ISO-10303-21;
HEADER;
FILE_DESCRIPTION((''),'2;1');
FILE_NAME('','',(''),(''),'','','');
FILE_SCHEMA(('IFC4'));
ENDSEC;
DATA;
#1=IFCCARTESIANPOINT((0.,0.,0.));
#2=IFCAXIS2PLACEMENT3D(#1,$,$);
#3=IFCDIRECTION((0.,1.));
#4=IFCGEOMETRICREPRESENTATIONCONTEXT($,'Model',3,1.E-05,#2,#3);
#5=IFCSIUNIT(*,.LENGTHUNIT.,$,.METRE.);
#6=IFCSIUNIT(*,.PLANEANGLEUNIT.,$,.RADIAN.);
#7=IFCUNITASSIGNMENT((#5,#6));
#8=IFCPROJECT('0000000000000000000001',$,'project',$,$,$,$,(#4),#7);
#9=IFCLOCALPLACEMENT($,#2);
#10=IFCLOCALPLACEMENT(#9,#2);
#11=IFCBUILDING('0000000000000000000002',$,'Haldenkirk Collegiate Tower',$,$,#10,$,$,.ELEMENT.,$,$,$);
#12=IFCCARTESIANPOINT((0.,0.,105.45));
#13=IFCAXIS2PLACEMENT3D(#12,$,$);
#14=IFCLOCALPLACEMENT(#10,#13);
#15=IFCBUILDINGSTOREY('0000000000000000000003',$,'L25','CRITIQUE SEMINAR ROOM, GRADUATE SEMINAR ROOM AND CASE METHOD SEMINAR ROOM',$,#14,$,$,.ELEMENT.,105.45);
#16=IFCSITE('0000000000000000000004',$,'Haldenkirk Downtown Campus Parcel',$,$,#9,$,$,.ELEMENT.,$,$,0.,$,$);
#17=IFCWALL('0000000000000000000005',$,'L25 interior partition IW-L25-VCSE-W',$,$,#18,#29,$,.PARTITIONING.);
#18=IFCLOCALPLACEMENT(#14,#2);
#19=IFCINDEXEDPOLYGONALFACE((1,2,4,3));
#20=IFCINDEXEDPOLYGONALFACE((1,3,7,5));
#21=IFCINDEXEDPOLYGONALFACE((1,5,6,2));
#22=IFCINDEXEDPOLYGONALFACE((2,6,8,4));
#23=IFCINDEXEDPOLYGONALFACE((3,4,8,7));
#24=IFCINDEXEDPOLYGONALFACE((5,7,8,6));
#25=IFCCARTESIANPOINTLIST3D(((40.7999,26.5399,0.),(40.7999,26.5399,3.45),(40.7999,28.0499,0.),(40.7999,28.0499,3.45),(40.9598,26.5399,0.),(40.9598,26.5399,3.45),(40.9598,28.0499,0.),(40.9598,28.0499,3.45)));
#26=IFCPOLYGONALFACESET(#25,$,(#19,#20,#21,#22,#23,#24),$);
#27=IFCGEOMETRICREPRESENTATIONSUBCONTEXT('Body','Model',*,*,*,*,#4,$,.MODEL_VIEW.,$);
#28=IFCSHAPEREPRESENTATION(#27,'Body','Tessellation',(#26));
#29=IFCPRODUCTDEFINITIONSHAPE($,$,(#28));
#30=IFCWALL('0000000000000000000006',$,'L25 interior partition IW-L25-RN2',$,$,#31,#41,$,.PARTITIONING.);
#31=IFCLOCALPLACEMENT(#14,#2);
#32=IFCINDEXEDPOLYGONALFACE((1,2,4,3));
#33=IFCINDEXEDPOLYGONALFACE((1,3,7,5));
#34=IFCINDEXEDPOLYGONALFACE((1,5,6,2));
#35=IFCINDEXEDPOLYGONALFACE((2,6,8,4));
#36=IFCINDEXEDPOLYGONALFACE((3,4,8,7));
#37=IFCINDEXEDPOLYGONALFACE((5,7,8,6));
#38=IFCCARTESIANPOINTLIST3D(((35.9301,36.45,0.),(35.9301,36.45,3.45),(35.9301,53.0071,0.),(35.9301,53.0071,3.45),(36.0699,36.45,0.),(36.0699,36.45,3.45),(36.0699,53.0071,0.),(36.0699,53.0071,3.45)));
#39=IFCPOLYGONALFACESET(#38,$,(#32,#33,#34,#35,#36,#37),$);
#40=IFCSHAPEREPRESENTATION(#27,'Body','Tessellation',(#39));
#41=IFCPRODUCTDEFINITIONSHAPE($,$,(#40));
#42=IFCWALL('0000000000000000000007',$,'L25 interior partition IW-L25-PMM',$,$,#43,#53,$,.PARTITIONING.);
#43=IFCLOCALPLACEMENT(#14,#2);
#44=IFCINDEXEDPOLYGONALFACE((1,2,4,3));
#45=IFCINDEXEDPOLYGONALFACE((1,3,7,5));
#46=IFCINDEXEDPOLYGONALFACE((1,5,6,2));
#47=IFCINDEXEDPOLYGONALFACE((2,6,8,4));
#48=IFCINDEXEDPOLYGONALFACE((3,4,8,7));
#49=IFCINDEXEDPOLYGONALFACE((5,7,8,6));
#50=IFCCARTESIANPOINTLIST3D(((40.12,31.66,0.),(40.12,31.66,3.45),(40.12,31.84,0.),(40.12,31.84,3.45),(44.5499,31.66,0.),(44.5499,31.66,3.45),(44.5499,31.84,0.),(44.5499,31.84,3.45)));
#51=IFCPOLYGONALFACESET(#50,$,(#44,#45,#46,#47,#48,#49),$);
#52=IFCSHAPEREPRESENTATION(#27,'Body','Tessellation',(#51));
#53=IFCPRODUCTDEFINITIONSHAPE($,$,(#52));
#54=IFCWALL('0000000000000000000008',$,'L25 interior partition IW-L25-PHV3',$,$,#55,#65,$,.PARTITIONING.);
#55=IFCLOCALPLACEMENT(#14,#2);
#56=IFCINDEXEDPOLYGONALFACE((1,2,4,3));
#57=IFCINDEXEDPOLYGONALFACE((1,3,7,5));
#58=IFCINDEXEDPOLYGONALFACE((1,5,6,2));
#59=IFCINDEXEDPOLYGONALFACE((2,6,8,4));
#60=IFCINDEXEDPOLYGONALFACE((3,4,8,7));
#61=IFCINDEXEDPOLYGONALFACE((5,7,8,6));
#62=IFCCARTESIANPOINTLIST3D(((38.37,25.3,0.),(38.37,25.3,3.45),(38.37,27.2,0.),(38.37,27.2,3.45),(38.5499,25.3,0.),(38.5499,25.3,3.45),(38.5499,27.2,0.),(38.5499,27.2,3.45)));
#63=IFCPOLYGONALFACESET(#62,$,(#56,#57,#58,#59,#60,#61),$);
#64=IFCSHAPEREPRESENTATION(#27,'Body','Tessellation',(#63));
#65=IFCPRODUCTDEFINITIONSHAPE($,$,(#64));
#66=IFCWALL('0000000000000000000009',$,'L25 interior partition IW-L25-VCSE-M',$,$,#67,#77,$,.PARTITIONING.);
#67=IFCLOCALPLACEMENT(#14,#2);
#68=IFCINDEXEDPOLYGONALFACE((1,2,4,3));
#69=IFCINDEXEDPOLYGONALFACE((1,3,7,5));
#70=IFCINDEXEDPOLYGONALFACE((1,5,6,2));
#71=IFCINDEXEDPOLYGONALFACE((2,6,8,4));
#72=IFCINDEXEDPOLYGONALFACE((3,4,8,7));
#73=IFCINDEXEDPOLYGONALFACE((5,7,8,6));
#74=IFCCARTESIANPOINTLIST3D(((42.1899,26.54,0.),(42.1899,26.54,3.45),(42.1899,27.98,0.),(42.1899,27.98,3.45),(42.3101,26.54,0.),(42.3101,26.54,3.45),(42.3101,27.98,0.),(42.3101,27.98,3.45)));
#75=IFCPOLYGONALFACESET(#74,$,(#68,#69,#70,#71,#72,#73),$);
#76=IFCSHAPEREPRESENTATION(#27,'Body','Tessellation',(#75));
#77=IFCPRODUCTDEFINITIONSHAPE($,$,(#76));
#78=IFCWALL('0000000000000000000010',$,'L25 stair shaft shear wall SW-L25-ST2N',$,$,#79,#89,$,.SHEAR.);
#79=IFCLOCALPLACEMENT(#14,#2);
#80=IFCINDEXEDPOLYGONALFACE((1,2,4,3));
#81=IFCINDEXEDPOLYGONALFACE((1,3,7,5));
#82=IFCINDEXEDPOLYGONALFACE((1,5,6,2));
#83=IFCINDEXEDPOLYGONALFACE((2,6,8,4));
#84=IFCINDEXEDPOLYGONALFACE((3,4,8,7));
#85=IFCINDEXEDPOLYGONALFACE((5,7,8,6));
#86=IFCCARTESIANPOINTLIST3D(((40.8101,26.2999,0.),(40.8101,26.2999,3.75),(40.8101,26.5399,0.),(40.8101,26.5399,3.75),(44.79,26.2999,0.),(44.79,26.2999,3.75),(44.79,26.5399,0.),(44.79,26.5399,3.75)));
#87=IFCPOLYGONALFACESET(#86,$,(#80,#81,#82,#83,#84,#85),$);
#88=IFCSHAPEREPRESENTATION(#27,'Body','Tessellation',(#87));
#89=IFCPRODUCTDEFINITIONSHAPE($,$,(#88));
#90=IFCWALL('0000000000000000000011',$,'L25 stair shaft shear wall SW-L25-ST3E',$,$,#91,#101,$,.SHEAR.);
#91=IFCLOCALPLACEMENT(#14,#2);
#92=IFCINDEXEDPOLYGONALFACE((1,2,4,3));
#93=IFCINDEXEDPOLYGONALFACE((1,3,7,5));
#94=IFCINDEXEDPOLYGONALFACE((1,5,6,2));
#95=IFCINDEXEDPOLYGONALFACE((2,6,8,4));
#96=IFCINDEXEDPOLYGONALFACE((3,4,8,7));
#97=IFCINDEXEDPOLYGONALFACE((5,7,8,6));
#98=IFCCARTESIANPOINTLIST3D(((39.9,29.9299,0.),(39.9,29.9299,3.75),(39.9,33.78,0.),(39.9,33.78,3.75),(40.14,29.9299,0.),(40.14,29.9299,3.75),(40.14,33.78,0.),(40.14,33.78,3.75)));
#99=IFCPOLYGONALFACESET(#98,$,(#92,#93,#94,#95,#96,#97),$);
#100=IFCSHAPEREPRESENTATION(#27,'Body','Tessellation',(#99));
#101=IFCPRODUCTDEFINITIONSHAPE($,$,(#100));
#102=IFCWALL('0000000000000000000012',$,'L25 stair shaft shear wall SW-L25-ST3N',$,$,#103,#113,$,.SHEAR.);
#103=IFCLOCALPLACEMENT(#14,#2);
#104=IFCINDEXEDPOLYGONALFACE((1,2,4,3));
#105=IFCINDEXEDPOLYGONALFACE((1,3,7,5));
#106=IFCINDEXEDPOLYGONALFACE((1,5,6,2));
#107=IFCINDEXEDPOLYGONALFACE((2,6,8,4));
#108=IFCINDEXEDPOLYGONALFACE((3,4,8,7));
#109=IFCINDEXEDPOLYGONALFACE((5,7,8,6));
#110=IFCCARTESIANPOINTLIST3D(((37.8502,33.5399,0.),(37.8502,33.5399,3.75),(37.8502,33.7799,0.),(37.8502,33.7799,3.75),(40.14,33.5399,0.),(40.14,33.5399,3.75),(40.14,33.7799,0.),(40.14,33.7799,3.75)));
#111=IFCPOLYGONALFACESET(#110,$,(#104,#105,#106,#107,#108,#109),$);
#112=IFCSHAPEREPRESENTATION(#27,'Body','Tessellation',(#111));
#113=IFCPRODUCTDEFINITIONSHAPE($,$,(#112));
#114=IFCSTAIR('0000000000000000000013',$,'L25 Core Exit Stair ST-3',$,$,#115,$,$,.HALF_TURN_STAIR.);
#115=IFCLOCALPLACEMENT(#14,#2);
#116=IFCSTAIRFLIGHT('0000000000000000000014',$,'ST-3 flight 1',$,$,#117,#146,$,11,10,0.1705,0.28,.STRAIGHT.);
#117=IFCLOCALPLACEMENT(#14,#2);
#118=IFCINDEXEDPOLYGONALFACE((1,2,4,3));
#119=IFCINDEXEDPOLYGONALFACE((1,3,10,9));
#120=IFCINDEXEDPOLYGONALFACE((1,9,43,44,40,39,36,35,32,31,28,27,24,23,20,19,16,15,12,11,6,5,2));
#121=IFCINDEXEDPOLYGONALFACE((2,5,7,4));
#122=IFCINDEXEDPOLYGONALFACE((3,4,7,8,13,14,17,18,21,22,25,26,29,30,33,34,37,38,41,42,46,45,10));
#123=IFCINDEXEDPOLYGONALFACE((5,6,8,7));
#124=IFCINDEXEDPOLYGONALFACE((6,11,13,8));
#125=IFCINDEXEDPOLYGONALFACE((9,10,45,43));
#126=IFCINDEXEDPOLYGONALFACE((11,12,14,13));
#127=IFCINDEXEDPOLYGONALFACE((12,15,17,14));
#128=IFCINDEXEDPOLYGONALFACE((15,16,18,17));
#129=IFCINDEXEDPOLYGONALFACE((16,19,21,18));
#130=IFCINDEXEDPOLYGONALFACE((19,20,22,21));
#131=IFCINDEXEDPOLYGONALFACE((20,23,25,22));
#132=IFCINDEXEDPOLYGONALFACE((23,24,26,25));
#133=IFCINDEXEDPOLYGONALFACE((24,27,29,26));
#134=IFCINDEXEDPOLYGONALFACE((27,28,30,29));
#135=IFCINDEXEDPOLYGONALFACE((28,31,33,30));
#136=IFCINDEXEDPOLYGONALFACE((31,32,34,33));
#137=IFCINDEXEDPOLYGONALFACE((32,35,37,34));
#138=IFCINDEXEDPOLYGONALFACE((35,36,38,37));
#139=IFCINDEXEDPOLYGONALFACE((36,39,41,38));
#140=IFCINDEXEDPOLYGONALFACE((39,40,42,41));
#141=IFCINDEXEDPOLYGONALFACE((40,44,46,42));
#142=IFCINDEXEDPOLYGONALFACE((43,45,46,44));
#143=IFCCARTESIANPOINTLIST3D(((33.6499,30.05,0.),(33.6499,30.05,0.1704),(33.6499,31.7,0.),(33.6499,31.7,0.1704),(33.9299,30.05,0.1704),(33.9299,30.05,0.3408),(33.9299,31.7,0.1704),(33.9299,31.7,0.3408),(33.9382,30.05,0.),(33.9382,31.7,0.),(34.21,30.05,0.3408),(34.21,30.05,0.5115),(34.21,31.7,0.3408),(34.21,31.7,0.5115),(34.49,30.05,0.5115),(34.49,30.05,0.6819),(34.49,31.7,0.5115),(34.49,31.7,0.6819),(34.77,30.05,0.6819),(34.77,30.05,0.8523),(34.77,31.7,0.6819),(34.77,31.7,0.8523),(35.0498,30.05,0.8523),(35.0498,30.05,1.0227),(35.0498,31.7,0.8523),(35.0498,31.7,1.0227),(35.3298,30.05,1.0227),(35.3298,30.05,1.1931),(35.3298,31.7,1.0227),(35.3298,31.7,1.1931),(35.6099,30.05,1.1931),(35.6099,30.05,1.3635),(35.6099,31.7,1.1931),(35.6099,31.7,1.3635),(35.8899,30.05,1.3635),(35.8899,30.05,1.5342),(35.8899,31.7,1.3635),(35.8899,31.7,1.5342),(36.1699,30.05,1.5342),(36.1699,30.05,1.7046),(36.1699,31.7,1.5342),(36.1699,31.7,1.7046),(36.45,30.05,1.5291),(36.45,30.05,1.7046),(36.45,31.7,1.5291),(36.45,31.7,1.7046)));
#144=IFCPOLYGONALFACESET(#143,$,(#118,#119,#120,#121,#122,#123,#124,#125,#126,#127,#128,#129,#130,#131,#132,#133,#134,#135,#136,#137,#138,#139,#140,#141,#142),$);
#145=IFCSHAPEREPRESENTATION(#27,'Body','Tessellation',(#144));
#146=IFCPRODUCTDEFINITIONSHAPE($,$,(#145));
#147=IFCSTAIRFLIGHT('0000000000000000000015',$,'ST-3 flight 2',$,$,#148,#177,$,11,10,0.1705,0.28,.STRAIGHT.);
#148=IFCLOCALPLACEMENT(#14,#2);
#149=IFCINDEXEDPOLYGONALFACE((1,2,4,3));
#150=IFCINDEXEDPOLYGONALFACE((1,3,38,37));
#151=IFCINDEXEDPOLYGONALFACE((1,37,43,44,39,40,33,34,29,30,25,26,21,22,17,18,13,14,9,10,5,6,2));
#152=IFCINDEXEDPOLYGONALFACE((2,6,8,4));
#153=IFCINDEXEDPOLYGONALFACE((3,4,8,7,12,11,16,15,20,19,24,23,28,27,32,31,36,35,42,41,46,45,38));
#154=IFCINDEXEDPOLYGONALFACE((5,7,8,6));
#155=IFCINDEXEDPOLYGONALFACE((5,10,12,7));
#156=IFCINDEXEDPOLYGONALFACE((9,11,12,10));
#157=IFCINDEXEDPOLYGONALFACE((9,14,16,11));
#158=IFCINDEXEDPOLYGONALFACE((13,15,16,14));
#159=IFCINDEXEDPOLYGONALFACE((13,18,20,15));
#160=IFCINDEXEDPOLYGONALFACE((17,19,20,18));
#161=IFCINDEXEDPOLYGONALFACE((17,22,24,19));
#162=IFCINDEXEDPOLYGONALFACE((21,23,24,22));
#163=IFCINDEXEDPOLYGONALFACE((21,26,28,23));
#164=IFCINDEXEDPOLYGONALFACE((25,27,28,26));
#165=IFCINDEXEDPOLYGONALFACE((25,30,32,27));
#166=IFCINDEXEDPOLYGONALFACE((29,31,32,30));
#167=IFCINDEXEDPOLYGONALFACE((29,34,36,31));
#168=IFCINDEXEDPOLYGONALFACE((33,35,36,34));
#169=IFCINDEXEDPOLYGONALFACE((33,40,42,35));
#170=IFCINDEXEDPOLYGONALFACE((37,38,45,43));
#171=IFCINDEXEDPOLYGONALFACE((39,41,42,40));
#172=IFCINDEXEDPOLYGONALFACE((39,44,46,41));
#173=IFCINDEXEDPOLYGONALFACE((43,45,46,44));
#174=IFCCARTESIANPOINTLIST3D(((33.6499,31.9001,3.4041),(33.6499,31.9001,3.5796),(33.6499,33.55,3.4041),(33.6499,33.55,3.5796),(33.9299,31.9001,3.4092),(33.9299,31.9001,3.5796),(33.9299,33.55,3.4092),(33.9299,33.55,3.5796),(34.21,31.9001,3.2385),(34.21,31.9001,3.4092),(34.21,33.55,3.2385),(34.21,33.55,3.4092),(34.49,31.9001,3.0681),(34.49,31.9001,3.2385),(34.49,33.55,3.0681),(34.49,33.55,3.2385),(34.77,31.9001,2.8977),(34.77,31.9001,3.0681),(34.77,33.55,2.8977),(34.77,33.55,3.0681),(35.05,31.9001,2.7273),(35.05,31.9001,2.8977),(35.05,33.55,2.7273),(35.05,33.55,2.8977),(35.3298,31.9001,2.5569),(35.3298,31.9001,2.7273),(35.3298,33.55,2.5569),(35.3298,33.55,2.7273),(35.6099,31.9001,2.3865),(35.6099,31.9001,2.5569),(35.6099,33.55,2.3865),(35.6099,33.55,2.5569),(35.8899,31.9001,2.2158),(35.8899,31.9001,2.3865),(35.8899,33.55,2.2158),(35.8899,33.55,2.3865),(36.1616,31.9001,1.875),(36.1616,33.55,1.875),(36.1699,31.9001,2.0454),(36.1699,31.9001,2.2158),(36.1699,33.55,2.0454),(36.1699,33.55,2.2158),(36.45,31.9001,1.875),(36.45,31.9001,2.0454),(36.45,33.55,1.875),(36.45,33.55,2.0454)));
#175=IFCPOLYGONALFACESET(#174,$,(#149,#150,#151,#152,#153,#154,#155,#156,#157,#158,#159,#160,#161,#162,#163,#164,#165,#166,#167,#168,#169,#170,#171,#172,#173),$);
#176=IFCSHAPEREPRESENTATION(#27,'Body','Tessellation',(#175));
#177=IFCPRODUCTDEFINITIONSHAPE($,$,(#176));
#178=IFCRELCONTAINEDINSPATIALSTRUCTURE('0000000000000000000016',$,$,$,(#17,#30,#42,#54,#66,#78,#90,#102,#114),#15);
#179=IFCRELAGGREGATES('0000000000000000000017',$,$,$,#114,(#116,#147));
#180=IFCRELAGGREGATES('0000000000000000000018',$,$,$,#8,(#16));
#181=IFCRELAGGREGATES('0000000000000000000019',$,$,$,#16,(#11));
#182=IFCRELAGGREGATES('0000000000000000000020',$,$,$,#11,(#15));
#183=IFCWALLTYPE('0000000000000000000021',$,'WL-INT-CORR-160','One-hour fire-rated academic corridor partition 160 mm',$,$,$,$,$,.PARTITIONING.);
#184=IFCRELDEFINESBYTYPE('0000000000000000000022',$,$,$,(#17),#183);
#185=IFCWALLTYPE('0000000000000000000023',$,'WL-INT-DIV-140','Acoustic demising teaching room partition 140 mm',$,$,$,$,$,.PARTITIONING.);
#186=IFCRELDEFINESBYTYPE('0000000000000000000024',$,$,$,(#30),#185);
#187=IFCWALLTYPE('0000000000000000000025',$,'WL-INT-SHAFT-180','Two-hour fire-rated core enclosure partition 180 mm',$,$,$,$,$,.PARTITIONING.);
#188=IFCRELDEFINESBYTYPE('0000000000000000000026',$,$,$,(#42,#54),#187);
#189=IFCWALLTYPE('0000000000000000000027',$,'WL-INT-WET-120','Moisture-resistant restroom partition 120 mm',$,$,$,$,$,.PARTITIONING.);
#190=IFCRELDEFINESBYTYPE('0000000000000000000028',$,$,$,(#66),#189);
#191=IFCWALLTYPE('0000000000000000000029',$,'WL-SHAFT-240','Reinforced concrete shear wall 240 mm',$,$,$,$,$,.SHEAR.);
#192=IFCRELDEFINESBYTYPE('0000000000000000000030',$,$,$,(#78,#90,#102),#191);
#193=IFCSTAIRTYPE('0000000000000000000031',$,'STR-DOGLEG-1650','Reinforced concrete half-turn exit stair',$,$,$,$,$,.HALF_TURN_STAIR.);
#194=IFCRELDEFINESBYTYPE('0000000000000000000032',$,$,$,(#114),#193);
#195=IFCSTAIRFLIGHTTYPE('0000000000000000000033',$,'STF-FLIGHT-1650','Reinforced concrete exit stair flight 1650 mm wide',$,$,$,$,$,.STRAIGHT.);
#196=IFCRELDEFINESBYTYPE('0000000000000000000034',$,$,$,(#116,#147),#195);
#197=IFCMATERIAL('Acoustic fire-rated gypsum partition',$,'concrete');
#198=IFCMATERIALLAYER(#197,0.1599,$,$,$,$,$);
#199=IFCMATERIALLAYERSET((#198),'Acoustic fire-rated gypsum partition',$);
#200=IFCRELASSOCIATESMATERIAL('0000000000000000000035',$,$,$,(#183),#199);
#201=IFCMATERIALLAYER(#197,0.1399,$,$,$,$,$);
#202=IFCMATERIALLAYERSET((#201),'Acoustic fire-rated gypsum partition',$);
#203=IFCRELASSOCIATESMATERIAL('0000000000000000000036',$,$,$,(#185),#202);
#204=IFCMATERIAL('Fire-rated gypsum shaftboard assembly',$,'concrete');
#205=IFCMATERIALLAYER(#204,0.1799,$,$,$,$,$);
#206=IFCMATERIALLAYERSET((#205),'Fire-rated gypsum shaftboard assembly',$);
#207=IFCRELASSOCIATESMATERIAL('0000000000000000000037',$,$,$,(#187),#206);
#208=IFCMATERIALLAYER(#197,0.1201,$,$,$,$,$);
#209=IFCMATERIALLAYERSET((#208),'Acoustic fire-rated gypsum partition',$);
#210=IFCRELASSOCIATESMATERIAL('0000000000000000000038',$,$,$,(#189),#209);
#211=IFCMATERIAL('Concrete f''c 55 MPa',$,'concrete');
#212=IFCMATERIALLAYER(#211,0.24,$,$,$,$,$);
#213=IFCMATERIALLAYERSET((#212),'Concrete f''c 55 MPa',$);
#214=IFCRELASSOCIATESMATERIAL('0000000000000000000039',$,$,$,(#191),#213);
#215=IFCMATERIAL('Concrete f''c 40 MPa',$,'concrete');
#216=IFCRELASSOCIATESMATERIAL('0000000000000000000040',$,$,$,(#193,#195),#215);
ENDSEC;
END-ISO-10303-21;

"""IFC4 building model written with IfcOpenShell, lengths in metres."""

from ifc_helpers import new_model, si_unit, direction, frame, frame_2d, origin, place, context, subcontext, project, spatial, polyline, rectangle, outline, extrude, material, layer, layer_set, type_object, element, aggregate, save


model = new_model("IFC4")

# Units and contexts
model_context = context("Model", 3, precision=1e-05, world=origin(), true_north=direction((0.0, 1.0)))
body_context = subcontext(model_context, "Body", "Model", "MODEL_VIEW")
ifc_project = project(units=[si_unit("LENGTHUNIT", "METRE"), si_unit("PLANEANGLEUNIT", "RADIAN")], contexts=[model_context])

# Site, building, storey
site_placement = place(None, origin())
site = spatial("IfcSite", under=ifc_project, at=site_placement, Name="Haldenkirk Downtown Campus Parcel", CompositionType="ELEMENT", RefElevation=0.0)
building_placement = place(site_placement, origin())
building = spatial("IfcBuilding", under=site, at=building_placement, Name="Haldenkirk Collegiate Tower", CompositionType="ELEMENT")
storey_placement = place(building_placement, frame((0.0, 0.0, 105.45)))
storey = spatial("IfcBuildingStorey", under=building, at=storey_placement, Name="L25", Description="CRITIQUE SEMINAR ROOM, GRADUATE SEMINAR ROOM AND CASE METHOD SEMINAR ROOM", CompositionType="ELEMENT", Elevation=105.45)

# Shared definitions
ifc_material_1 = material(Name="Acoustic fire-rated gypsum partition", Category="concrete")
ifc_layer_1 = layer(ifc_material_1, 0.1599)
ifc_layer_set_1 = layer_set([ifc_layer_1], Name="Acoustic fire-rated gypsum partition")
wall_type_1 = type_object("IfcWallType", Name="WL-INT-CORR-160", Description="One-hour fire-rated academic corridor partition 160 mm", PredefinedType="PARTITIONING", material=ifc_layer_set_1)

# Walls
wall_1_placement = place(storey_placement, frame((40.8799, 26.54, 0.0), z_axis=(0.0, 0.0, 1.0), x_axis=(0.0, 1.0, 0.0)))
element("IfcWall", 1, at=wall_1_placement, inside=storey, type_object=wall_type_1, Name="L25 interior partition IW-L25-VCSE-W", PredefinedType="PARTITIONING", context=body_context, shape_type="SweptSolid", body=[
    extrude(rectangle(XDim=1.51, YDim=0.1599, at=frame_2d((0.7549, 0.0))), origin(), (0.0, 0.0, 1.0), 3.45),
])
ifc_layer_2 = layer(ifc_material_1, 0.1399)
ifc_layer_set_2 = layer_set([ifc_layer_2], Name="Acoustic fire-rated gypsum partition")
wall_type_2 = type_object("IfcWallType", Name="WL-INT-DIV-140", Description="Acoustic demising teaching room partition 140 mm", PredefinedType="PARTITIONING", material=ifc_layer_set_2)
wall_2_placement = place(storey_placement, frame((36.0, 36.45, 0.0), z_axis=(0.0, 0.0, 1.0), x_axis=(0.0, 1.0, 0.0)))
element("IfcWall", 2, at=wall_2_placement, inside=storey, type_object=wall_type_2, Name="L25 interior partition IW-L25-RN2", PredefinedType="PARTITIONING", context=body_context, shape_type="SweptSolid", body=[
    extrude(rectangle(XDim=16.5571, YDim=0.1399, at=frame_2d((8.2786, 0.0))), origin(), (0.0, 0.0, 1.0), 3.45),
])

# Shared definitions
ifc_material_2 = material(Name="Fire-rated gypsum shaftboard assembly", Category="concrete")
ifc_layer_3 = layer(ifc_material_2, 0.1799)
ifc_layer_set_3 = layer_set([ifc_layer_3], Name="Fire-rated gypsum shaftboard assembly")
wall_type_3 = type_object("IfcWallType", Name="WL-INT-SHAFT-180", Description="Two-hour fire-rated core enclosure partition 180 mm", PredefinedType="PARTITIONING", material=ifc_layer_set_3)

# Walls
wall_3_placement = place(storey_placement, frame((40.1201, 31.75, 0.0), z_axis=(0.0, 0.0, 1.0), x_axis=(1.0, 0.0, 0.0)))
element("IfcWall", 3, at=wall_3_placement, inside=storey, type_object=wall_type_3, Name="L25 interior partition IW-L25-PMM", PredefinedType="PARTITIONING", context=body_context, shape_type="SweptSolid", body=[
    extrude(rectangle(XDim=4.4299, YDim=0.1799, at=frame_2d((2.2148, 0.0))), origin(), (0.0, 0.0, 1.0), 3.45),
])
wall_4_placement = place(storey_placement, frame((38.46, 25.3, 0.0), z_axis=(0.0, 0.0, 1.0), x_axis=(0.0, 1.0, 0.0)))
element("IfcWall", 4, at=wall_4_placement, inside=storey, type_object=wall_type_3, Name="L25 interior partition IW-L25-PHV3", PredefinedType="PARTITIONING", context=body_context, shape_type="SweptSolid", body=[
    extrude(rectangle(XDim=1.8999, YDim=0.1799, at=frame_2d((0.95, 0.0))), origin(), (0.0, 0.0, 1.0), 3.45),
])
ifc_layer_4 = layer(ifc_material_1, 0.1201)
ifc_layer_set_4 = layer_set([ifc_layer_4], Name="Acoustic fire-rated gypsum partition")
wall_type_4 = type_object("IfcWallType", Name="WL-INT-WET-120", Description="Moisture-resistant restroom partition 120 mm", PredefinedType="PARTITIONING", material=ifc_layer_set_4)
wall_5_placement = place(storey_placement, frame((42.25, 26.54, 0.0), z_axis=(0.0, 0.0, 1.0), x_axis=(0.0, 1.0, 0.0)))
element("IfcWall", 5, at=wall_5_placement, inside=storey, type_object=wall_type_4, Name="L25 interior partition IW-L25-VCSE-M", PredefinedType="PARTITIONING", context=body_context, shape_type="SweptSolid", body=[
    extrude(rectangle(XDim=1.4399, YDim=0.1201, at=frame_2d((0.72, 0.0))), origin(), (0.0, 0.0, 1.0), 3.45),
])
ifc_material_3 = material(Name="Concrete f'c 55 MPa", Category="concrete")
ifc_layer_5 = layer(ifc_material_3, 0.24)
ifc_layer_set_5 = layer_set([ifc_layer_5], Name="Concrete f'c 55 MPa")
wall_type_5 = type_object("IfcWallType", Name="WL-SHAFT-240", Description="Reinforced concrete shear wall 240 mm", PredefinedType="SHEAR", material=ifc_layer_set_5)
wall_6_placement = place(storey_placement, frame((40.8101, 26.4199, 0.0), z_axis=(0.0, 0.0, 1.0), x_axis=(1.0, 0.0, 0.0)))
element("IfcWall", 6, at=wall_6_placement, inside=storey, type_object=wall_type_5, Name="L25 stair shaft shear wall SW-L25-ST2N", PredefinedType="SHEAR", context=body_context, shape_type="SweptSolid", body=[
    extrude(rectangle(XDim=3.98, YDim=0.24, at=frame_2d((1.99, 0.0))), origin(), (0.0, 0.0, 1.0), 3.75),
])
wall_7_placement = place(storey_placement, frame((40.02, 29.9299, 0.0), z_axis=(0.0, 0.0, 1.0), x_axis=(0.0, 1.0, 0.0)))
element("IfcWall", 7, at=wall_7_placement, inside=storey, type_object=wall_type_5, Name="L25 stair shaft shear wall SW-L25-ST3E", PredefinedType="SHEAR", context=body_context, shape_type="SweptSolid", body=[
    extrude(rectangle(XDim=3.8501, YDim=0.24, at=frame_2d((1.925, 0.0))), origin(), (0.0, 0.0, 1.0), 3.75),
])
wall_8_placement = place(storey_placement, frame((37.8501, 33.6599, 0.0), z_axis=(0.0, 0.0, 1.0), x_axis=(1.0, 0.0, 0.0)))
element("IfcWall", 8, at=wall_8_placement, inside=storey, type_object=wall_type_5, Name="L25 stair shaft shear wall SW-L25-ST3N", PredefinedType="SHEAR", context=body_context, shape_type="SweptSolid", body=[
    extrude(rectangle(XDim=2.2898, YDim=0.24, at=frame_2d((1.145, 0.0))), origin(), (0.0, 0.0, 1.0), 3.75),
])

# Stair, stair flights
ifc_material_4 = material(Name="Concrete f'c 40 MPa", Category="concrete")
stair_type = type_object("IfcStairType", Name="STR-DOGLEG-1650", Description="Reinforced concrete half-turn exit stair", PredefinedType="HALF_TURN_STAIR", material=ifc_material_4)
stair_placement = place(storey_placement, origin())
stair = element("IfcStair", 9, at=stair_placement, inside=storey, type_object=stair_type, Name="L25 Core Exit Stair ST-3", PredefinedType="HALF_TURN_STAIR")
stair_flight_type = type_object("IfcStairFlightType", Name="STF-FLIGHT-1650", Description="Reinforced concrete exit stair flight 1650 mm wide", PredefinedType="STRAIGHT", material=ifc_material_4)
stair_flight_1_placement = place(storey_placement, frame((33.6499, 30.875, 0.0), z_axis=(0.0, 0.0, 1.0), x_axis=(1.0, 0.0, 0.0)))
stair_flight_1 = element("IfcStairFlight", 10, at=stair_flight_1_placement, type_object=stair_flight_type, Name="ST-3 flight 1", NumberOfRisers=11, NumberOfTreads=10, PredefinedType="STRAIGHT", RiserHeight=0.1705, TreadLength=0.28, context=body_context, shape_type="SweptSolid", body=[
    extrude(outline(polyline([(0.0, 0.0), (0.0, 0.1704), (0.28, 0.1704), (0.28, 0.3408), (0.5601, 0.3408), (0.5601, 0.5115), (0.8401, 0.5115), (0.8401, 0.6819), (1.1201, 0.6819), (1.1201, 0.8523), (1.3999, 0.8523), (1.3999, 1.0227), (1.6799, 1.0227), (1.6799, 1.1931), (1.96, 1.1931), (1.96, 1.3635), (2.24, 1.3635), (2.24, 1.5342), (2.52, 1.5342), (2.52, 1.7046), (2.8, 1.7046), (2.8, 1.875), (2.8, 1.5291), (0.2883, 0.0), (0.0, 0.0)])), frame((0.0, 0.825, 0.0), z_axis=(0.0, -1.0, 0.0), x_axis=(1.0, 0.0, 0.0)), (0.0, 0.0, 1.0), 1.6499),
])
stair_flight_2_placement = place(storey_placement, frame((36.45, 32.7251, 1.875), z_axis=(0.0, 0.0, 1.0), x_axis=(-1.0, 0.0, 0.0)))
stair_flight_2 = element("IfcStairFlight", 11, at=stair_flight_2_placement, type_object=stair_flight_type, Name="ST-3 flight 2", NumberOfRisers=11, NumberOfTreads=10, PredefinedType="STRAIGHT", RiserHeight=0.1705, TreadLength=0.28, context=body_context, shape_type="SweptSolid", body=[
    extrude(outline(polyline([(0.0, 0.0), (0.0, 0.1704), (0.28, 0.1704), (0.28, 0.3408), (0.5601, 0.3408), (0.5601, 0.5115), (0.8401, 0.5115), (0.8401, 0.6819), (1.1201, 0.6819), (1.1201, 0.8523), (1.3999, 0.8523), (1.3999, 1.0227), (1.6799, 1.0227), (1.6799, 1.1931), (1.96, 1.1931), (1.96, 1.3635), (2.24, 1.3635), (2.24, 1.5342), (2.52, 1.5342), (2.52, 1.7046), (2.8, 1.7046), (2.8, 1.875), (2.8, 1.5291), (0.2883, 0.0), (0.0, 0.0)])), frame((0.0, 0.825, 0.0), z_axis=(0.0, -1.0, 0.0), x_axis=(1.0, 0.0, 0.0)), (0.0, 0.0, 1.0), 1.6499),
])
aggregate(stair, [stair_flight_1, stair_flight_2])

save(model, "model.ifc")
